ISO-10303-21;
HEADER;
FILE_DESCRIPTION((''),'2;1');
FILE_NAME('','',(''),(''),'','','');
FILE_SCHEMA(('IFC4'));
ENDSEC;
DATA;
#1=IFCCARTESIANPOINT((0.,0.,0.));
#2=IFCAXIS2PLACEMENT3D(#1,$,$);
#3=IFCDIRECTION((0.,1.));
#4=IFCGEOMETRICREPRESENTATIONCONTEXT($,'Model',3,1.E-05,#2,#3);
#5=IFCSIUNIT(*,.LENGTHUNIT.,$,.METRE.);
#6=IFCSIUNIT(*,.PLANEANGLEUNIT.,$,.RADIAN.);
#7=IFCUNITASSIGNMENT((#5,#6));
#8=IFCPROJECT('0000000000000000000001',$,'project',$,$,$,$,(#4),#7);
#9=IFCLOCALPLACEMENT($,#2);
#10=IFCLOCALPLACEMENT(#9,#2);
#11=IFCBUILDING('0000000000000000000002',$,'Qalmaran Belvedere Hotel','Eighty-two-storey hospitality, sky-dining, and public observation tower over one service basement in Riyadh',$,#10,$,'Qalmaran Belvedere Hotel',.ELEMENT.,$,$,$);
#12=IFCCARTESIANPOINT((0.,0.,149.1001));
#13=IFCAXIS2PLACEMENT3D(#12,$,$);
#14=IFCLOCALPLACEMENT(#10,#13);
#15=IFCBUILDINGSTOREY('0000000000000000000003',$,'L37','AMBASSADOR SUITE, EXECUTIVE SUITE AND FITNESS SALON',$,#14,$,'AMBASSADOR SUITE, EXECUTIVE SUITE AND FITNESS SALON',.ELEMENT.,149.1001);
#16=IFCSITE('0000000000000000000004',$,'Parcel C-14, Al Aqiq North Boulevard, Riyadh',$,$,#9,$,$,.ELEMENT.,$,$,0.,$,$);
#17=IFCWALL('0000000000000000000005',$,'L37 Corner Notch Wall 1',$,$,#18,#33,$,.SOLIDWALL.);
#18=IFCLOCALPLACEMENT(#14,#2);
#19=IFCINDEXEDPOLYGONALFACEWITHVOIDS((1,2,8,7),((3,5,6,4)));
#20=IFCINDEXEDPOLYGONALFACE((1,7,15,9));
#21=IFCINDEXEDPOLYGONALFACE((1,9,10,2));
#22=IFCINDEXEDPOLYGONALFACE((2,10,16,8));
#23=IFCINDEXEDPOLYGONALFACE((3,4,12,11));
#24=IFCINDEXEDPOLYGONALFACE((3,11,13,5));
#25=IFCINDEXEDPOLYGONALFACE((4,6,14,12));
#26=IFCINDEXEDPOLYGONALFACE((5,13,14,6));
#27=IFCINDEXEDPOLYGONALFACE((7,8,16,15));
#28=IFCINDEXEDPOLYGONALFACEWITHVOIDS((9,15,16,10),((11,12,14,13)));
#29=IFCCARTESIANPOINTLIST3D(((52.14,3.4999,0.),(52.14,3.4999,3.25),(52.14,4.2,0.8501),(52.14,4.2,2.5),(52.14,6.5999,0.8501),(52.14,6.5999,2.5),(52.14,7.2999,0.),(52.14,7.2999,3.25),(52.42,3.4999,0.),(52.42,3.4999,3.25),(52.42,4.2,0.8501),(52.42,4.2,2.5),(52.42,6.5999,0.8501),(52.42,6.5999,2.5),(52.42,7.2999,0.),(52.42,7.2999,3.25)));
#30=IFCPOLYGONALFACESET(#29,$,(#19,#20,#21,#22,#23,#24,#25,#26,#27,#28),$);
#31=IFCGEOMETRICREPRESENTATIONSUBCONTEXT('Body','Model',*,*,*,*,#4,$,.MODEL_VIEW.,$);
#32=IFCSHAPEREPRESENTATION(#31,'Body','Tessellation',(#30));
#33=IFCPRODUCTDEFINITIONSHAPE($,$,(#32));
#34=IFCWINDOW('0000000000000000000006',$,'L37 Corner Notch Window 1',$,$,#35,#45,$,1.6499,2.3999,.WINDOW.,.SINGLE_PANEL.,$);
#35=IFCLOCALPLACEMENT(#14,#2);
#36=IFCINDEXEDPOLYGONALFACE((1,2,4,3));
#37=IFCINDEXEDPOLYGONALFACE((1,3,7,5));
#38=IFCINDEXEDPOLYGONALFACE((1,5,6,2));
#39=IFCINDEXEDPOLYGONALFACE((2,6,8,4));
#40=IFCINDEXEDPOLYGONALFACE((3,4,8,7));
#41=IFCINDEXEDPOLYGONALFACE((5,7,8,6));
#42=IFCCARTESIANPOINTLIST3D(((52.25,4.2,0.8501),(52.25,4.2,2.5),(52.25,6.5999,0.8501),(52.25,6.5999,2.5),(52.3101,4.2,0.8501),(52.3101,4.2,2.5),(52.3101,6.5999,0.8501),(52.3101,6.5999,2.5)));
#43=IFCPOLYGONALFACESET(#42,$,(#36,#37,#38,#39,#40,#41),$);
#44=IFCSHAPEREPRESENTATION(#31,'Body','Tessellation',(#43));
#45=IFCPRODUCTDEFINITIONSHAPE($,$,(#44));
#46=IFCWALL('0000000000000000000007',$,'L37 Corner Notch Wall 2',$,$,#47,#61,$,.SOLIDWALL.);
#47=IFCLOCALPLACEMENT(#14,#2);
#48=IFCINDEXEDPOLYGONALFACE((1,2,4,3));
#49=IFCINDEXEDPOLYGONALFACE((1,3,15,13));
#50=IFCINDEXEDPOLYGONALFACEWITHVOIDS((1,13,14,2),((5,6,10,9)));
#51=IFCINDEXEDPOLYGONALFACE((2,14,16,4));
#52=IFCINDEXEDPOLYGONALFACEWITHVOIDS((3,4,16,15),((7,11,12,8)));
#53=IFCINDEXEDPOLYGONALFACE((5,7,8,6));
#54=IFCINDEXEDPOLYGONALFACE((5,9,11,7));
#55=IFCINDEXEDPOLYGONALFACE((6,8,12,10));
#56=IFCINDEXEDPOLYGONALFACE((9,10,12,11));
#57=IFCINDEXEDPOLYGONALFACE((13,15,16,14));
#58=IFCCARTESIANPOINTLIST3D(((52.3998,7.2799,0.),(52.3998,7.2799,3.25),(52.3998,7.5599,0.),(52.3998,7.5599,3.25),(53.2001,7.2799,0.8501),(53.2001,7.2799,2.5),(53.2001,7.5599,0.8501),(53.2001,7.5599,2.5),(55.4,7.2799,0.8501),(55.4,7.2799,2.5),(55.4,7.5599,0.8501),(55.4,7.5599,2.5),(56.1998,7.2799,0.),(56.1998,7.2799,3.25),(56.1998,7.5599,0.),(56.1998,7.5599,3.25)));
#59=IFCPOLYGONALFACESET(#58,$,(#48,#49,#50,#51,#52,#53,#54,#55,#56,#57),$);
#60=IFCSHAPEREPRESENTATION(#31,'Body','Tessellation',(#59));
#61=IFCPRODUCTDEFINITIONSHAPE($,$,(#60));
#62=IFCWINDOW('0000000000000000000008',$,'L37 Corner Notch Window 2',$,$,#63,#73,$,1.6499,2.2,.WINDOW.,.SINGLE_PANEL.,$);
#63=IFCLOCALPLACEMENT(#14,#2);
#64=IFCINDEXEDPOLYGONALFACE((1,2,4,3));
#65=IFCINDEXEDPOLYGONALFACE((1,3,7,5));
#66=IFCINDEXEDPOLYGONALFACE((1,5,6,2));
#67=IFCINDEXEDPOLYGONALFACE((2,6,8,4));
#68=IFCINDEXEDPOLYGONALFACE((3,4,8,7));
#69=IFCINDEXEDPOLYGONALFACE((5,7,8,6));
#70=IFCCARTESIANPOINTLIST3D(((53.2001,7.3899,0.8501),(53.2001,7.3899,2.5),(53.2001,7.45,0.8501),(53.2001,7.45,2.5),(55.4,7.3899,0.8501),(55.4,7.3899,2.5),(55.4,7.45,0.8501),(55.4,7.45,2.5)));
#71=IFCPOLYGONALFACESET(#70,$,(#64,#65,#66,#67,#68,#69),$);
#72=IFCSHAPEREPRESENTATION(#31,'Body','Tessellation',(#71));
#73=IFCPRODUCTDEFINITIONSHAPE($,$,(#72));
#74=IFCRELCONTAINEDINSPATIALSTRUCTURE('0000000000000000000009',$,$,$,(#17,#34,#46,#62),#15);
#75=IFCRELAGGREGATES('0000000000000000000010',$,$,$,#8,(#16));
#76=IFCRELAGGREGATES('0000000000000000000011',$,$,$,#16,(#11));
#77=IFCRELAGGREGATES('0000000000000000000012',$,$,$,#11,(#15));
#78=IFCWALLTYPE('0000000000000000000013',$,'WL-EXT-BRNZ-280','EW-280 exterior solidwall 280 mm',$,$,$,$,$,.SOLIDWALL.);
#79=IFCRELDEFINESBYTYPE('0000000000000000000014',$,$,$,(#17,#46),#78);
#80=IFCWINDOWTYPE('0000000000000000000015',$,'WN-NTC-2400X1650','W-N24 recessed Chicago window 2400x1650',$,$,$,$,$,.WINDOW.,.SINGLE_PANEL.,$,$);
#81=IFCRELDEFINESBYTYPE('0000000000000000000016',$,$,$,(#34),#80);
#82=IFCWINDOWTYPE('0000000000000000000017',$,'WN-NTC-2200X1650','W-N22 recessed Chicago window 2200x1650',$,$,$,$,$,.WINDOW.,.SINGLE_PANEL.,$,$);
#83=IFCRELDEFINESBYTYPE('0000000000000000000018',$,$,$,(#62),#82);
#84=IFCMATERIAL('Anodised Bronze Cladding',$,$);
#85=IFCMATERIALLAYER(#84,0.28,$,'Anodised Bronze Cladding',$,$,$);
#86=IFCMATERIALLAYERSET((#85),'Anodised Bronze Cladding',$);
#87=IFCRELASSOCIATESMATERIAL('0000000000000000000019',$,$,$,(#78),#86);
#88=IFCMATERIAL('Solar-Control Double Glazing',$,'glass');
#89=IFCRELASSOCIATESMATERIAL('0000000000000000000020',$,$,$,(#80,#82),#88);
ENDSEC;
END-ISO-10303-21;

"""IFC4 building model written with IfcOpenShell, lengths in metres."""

from ifc_helpers import new_model, si_unit, direction, frame, frame_2d, origin, place, context, subcontext, project, spatial, rectangle, extrude, material, layer, layer_set, type_object, element, fill, save


model = new_model("IFC4")

# Units and contexts
model_context = context("Model", 3, precision=1e-05, world=origin(), true_north=direction((0.0, 1.0)))
body_context = subcontext(model_context, "Body", "Model", "MODEL_VIEW")
ifc_project = project(units=[si_unit("LENGTHUNIT", "METRE"), si_unit("PLANEANGLEUNIT", "RADIAN")], contexts=[model_context])

# Site, building, storey
site_placement = place(None, origin())
site = spatial("IfcSite", under=ifc_project, at=site_placement, Name="Parcel C-14, Al Aqiq North Boulevard, Riyadh", CompositionType="ELEMENT", RefElevation=0.0)
building_placement = place(site_placement, origin())
building = spatial("IfcBuilding", under=site, at=building_placement, Name="Qalmaran Belvedere Hotel", Description="Eighty-two-storey hospitality, sky-dining, and public observation tower over one service basement in Riyadh", LongName="Qalmaran Belvedere Hotel", CompositionType="ELEMENT")
storey_placement = place(building_placement, frame((0.0, 0.0, 149.1001)))
storey = spatial("IfcBuildingStorey", under=building, at=storey_placement, Name="L37", Description="AMBASSADOR SUITE, EXECUTIVE SUITE AND FITNESS SALON", LongName="AMBASSADOR SUITE, EXECUTIVE SUITE AND FITNESS SALON", CompositionType="ELEMENT", Elevation=149.1001)

# Shared definitions
ifc_material_1 = material(Name="Solar-Control Double Glazing", Category="glass")

# Walls, openings, windows
ifc_material_2 = material(Name="Anodised Bronze Cladding")
ifc_layer_1 = layer(ifc_material_2, 0.28, Name="Anodised Bronze Cladding")
ifc_layer_set_1 = layer_set([ifc_layer_1], Name="Anodised Bronze Cladding")
wall_type_1 = type_object("IfcWallType", Name="WL-EXT-BRNZ-280", Description="EW-280 exterior solidwall 280 mm", PredefinedType="SOLIDWALL", material=ifc_layer_set_1)
wall_1_placement = place(storey_placement, frame((52.28, 3.5, 0.0), z_axis=(0.0, 0.0, 1.0), x_axis=(0.0, 1.0, 0.0)))
wall_1 = element("IfcWall", 1, at=wall_1_placement, inside=storey, type_object=wall_type_1, Name="L37 Corner Notch Wall 1", PredefinedType="SOLIDWALL", context=body_context, shape_type="SweptSolid", body=[
    extrude(rectangle(XDim=3.8, YDim=0.28, at=frame_2d((1.8999, 0.0))), origin(), (0.0, 0.0, 1.0), 3.25),
])
opening_1_placement = place(wall_1_placement, frame((0.7, 0.0, 0.8501)))
opening_1 = element("IfcOpeningElement", 2, at=opening_1_placement, cuts=wall_1, PredefinedType="OPENING", context=body_context, shape_type="SweptSolid", body=[
    extrude(rectangle(XDim=2.3999, YDim=1.6499, at=frame_2d((1.2, 0.825))), frame((0.0, 0.1499, 0.0), z_axis=(0.0, -1.0, 0.0), x_axis=(1.0, 0.0, 0.0)), (0.0, 0.0, 1.0), 0.3),
])
window_type_1 = type_object("IfcWindowType", Name="WN-NTC-2400X1650", Description="W-N24 recessed Chicago window 2400x1650", PartitioningType="SINGLE_PANEL", PredefinedType="WINDOW", material=ifc_material_1)
window_1_placement = place(opening_1_placement, origin())
window_1 = element("IfcWindow", 3, at=window_1_placement, inside=storey, type_object=window_type_1, Name="L37 Corner Notch Window 1", OverallHeight=1.6499, OverallWidth=2.3999, PartitioningType="SINGLE_PANEL", PredefinedType="WINDOW", context=body_context, shape_type="SweptSolid", body=[
    extrude(rectangle(XDim=2.3999, YDim=1.6499, at=frame_2d((1.2, 0.825))), frame((0.0, 0.03, 0.0), z_axis=(0.0, -1.0, 0.0), x_axis=(1.0, 0.0, 0.0)), (0.0, 0.0, 1.0), 0.0601),
])
fill(opening_1, window_1)
wall_2_placement = place(storey_placement, frame((52.3999, 7.4199, 0.0), z_axis=(0.0, 0.0, 1.0), x_axis=(1.0, 0.0, 0.0)))
wall_2 = element("IfcWall", 4, at=wall_2_placement, inside=storey, type_object=wall_type_1, Name="L37 Corner Notch Wall 2", PredefinedType="SOLIDWALL", context=body_context, shape_type="SweptSolid", body=[
    extrude(rectangle(XDim=3.8, YDim=0.28, at=frame_2d((1.8999, 0.0))), origin(), (0.0, 0.0, 1.0), 3.25),
])
opening_2_placement = place(wall_2_placement, frame((0.8, 0.0, 0.8501)))
opening_2 = element("IfcOpeningElement", 5, at=opening_2_placement, cuts=wall_2, PredefinedType="OPENING", context=body_context, shape_type="SweptSolid", body=[
    extrude(rectangle(XDim=2.2, YDim=1.6499, at=frame_2d((1.1001, 0.825))), frame((0.0, 0.1499, 0.0), z_axis=(0.0, -1.0, 0.0), x_axis=(1.0, 0.0, 0.0)), (0.0, 0.0, 1.0), 0.3),
])
window_type_2 = type_object("IfcWindowType", Name="WN-NTC-2200X1650", Description="W-N22 recessed Chicago window 2200x1650", PartitioningType="SINGLE_PANEL", PredefinedType="WINDOW", material=ifc_material_1)
window_2_placement = place(opening_2_placement, origin())
window_2 = element("IfcWindow", 6, at=window_2_placement, inside=storey, type_object=window_type_2, Name="L37 Corner Notch Window 2", OverallHeight=1.6499, OverallWidth=2.2, PartitioningType="SINGLE_PANEL", PredefinedType="WINDOW", context=body_context, shape_type="SweptSolid", body=[
    extrude(rectangle(XDim=2.2, YDim=1.6499, at=frame_2d((1.1001, 0.825))), frame((0.0, 0.03, 0.0), z_axis=(0.0, -1.0, 0.0), x_axis=(1.0, 0.0, 0.0)), (0.0, 0.0, 1.0), 0.0601),
])
fill(opening_2, window_2)

save(model, "model.ifc")
